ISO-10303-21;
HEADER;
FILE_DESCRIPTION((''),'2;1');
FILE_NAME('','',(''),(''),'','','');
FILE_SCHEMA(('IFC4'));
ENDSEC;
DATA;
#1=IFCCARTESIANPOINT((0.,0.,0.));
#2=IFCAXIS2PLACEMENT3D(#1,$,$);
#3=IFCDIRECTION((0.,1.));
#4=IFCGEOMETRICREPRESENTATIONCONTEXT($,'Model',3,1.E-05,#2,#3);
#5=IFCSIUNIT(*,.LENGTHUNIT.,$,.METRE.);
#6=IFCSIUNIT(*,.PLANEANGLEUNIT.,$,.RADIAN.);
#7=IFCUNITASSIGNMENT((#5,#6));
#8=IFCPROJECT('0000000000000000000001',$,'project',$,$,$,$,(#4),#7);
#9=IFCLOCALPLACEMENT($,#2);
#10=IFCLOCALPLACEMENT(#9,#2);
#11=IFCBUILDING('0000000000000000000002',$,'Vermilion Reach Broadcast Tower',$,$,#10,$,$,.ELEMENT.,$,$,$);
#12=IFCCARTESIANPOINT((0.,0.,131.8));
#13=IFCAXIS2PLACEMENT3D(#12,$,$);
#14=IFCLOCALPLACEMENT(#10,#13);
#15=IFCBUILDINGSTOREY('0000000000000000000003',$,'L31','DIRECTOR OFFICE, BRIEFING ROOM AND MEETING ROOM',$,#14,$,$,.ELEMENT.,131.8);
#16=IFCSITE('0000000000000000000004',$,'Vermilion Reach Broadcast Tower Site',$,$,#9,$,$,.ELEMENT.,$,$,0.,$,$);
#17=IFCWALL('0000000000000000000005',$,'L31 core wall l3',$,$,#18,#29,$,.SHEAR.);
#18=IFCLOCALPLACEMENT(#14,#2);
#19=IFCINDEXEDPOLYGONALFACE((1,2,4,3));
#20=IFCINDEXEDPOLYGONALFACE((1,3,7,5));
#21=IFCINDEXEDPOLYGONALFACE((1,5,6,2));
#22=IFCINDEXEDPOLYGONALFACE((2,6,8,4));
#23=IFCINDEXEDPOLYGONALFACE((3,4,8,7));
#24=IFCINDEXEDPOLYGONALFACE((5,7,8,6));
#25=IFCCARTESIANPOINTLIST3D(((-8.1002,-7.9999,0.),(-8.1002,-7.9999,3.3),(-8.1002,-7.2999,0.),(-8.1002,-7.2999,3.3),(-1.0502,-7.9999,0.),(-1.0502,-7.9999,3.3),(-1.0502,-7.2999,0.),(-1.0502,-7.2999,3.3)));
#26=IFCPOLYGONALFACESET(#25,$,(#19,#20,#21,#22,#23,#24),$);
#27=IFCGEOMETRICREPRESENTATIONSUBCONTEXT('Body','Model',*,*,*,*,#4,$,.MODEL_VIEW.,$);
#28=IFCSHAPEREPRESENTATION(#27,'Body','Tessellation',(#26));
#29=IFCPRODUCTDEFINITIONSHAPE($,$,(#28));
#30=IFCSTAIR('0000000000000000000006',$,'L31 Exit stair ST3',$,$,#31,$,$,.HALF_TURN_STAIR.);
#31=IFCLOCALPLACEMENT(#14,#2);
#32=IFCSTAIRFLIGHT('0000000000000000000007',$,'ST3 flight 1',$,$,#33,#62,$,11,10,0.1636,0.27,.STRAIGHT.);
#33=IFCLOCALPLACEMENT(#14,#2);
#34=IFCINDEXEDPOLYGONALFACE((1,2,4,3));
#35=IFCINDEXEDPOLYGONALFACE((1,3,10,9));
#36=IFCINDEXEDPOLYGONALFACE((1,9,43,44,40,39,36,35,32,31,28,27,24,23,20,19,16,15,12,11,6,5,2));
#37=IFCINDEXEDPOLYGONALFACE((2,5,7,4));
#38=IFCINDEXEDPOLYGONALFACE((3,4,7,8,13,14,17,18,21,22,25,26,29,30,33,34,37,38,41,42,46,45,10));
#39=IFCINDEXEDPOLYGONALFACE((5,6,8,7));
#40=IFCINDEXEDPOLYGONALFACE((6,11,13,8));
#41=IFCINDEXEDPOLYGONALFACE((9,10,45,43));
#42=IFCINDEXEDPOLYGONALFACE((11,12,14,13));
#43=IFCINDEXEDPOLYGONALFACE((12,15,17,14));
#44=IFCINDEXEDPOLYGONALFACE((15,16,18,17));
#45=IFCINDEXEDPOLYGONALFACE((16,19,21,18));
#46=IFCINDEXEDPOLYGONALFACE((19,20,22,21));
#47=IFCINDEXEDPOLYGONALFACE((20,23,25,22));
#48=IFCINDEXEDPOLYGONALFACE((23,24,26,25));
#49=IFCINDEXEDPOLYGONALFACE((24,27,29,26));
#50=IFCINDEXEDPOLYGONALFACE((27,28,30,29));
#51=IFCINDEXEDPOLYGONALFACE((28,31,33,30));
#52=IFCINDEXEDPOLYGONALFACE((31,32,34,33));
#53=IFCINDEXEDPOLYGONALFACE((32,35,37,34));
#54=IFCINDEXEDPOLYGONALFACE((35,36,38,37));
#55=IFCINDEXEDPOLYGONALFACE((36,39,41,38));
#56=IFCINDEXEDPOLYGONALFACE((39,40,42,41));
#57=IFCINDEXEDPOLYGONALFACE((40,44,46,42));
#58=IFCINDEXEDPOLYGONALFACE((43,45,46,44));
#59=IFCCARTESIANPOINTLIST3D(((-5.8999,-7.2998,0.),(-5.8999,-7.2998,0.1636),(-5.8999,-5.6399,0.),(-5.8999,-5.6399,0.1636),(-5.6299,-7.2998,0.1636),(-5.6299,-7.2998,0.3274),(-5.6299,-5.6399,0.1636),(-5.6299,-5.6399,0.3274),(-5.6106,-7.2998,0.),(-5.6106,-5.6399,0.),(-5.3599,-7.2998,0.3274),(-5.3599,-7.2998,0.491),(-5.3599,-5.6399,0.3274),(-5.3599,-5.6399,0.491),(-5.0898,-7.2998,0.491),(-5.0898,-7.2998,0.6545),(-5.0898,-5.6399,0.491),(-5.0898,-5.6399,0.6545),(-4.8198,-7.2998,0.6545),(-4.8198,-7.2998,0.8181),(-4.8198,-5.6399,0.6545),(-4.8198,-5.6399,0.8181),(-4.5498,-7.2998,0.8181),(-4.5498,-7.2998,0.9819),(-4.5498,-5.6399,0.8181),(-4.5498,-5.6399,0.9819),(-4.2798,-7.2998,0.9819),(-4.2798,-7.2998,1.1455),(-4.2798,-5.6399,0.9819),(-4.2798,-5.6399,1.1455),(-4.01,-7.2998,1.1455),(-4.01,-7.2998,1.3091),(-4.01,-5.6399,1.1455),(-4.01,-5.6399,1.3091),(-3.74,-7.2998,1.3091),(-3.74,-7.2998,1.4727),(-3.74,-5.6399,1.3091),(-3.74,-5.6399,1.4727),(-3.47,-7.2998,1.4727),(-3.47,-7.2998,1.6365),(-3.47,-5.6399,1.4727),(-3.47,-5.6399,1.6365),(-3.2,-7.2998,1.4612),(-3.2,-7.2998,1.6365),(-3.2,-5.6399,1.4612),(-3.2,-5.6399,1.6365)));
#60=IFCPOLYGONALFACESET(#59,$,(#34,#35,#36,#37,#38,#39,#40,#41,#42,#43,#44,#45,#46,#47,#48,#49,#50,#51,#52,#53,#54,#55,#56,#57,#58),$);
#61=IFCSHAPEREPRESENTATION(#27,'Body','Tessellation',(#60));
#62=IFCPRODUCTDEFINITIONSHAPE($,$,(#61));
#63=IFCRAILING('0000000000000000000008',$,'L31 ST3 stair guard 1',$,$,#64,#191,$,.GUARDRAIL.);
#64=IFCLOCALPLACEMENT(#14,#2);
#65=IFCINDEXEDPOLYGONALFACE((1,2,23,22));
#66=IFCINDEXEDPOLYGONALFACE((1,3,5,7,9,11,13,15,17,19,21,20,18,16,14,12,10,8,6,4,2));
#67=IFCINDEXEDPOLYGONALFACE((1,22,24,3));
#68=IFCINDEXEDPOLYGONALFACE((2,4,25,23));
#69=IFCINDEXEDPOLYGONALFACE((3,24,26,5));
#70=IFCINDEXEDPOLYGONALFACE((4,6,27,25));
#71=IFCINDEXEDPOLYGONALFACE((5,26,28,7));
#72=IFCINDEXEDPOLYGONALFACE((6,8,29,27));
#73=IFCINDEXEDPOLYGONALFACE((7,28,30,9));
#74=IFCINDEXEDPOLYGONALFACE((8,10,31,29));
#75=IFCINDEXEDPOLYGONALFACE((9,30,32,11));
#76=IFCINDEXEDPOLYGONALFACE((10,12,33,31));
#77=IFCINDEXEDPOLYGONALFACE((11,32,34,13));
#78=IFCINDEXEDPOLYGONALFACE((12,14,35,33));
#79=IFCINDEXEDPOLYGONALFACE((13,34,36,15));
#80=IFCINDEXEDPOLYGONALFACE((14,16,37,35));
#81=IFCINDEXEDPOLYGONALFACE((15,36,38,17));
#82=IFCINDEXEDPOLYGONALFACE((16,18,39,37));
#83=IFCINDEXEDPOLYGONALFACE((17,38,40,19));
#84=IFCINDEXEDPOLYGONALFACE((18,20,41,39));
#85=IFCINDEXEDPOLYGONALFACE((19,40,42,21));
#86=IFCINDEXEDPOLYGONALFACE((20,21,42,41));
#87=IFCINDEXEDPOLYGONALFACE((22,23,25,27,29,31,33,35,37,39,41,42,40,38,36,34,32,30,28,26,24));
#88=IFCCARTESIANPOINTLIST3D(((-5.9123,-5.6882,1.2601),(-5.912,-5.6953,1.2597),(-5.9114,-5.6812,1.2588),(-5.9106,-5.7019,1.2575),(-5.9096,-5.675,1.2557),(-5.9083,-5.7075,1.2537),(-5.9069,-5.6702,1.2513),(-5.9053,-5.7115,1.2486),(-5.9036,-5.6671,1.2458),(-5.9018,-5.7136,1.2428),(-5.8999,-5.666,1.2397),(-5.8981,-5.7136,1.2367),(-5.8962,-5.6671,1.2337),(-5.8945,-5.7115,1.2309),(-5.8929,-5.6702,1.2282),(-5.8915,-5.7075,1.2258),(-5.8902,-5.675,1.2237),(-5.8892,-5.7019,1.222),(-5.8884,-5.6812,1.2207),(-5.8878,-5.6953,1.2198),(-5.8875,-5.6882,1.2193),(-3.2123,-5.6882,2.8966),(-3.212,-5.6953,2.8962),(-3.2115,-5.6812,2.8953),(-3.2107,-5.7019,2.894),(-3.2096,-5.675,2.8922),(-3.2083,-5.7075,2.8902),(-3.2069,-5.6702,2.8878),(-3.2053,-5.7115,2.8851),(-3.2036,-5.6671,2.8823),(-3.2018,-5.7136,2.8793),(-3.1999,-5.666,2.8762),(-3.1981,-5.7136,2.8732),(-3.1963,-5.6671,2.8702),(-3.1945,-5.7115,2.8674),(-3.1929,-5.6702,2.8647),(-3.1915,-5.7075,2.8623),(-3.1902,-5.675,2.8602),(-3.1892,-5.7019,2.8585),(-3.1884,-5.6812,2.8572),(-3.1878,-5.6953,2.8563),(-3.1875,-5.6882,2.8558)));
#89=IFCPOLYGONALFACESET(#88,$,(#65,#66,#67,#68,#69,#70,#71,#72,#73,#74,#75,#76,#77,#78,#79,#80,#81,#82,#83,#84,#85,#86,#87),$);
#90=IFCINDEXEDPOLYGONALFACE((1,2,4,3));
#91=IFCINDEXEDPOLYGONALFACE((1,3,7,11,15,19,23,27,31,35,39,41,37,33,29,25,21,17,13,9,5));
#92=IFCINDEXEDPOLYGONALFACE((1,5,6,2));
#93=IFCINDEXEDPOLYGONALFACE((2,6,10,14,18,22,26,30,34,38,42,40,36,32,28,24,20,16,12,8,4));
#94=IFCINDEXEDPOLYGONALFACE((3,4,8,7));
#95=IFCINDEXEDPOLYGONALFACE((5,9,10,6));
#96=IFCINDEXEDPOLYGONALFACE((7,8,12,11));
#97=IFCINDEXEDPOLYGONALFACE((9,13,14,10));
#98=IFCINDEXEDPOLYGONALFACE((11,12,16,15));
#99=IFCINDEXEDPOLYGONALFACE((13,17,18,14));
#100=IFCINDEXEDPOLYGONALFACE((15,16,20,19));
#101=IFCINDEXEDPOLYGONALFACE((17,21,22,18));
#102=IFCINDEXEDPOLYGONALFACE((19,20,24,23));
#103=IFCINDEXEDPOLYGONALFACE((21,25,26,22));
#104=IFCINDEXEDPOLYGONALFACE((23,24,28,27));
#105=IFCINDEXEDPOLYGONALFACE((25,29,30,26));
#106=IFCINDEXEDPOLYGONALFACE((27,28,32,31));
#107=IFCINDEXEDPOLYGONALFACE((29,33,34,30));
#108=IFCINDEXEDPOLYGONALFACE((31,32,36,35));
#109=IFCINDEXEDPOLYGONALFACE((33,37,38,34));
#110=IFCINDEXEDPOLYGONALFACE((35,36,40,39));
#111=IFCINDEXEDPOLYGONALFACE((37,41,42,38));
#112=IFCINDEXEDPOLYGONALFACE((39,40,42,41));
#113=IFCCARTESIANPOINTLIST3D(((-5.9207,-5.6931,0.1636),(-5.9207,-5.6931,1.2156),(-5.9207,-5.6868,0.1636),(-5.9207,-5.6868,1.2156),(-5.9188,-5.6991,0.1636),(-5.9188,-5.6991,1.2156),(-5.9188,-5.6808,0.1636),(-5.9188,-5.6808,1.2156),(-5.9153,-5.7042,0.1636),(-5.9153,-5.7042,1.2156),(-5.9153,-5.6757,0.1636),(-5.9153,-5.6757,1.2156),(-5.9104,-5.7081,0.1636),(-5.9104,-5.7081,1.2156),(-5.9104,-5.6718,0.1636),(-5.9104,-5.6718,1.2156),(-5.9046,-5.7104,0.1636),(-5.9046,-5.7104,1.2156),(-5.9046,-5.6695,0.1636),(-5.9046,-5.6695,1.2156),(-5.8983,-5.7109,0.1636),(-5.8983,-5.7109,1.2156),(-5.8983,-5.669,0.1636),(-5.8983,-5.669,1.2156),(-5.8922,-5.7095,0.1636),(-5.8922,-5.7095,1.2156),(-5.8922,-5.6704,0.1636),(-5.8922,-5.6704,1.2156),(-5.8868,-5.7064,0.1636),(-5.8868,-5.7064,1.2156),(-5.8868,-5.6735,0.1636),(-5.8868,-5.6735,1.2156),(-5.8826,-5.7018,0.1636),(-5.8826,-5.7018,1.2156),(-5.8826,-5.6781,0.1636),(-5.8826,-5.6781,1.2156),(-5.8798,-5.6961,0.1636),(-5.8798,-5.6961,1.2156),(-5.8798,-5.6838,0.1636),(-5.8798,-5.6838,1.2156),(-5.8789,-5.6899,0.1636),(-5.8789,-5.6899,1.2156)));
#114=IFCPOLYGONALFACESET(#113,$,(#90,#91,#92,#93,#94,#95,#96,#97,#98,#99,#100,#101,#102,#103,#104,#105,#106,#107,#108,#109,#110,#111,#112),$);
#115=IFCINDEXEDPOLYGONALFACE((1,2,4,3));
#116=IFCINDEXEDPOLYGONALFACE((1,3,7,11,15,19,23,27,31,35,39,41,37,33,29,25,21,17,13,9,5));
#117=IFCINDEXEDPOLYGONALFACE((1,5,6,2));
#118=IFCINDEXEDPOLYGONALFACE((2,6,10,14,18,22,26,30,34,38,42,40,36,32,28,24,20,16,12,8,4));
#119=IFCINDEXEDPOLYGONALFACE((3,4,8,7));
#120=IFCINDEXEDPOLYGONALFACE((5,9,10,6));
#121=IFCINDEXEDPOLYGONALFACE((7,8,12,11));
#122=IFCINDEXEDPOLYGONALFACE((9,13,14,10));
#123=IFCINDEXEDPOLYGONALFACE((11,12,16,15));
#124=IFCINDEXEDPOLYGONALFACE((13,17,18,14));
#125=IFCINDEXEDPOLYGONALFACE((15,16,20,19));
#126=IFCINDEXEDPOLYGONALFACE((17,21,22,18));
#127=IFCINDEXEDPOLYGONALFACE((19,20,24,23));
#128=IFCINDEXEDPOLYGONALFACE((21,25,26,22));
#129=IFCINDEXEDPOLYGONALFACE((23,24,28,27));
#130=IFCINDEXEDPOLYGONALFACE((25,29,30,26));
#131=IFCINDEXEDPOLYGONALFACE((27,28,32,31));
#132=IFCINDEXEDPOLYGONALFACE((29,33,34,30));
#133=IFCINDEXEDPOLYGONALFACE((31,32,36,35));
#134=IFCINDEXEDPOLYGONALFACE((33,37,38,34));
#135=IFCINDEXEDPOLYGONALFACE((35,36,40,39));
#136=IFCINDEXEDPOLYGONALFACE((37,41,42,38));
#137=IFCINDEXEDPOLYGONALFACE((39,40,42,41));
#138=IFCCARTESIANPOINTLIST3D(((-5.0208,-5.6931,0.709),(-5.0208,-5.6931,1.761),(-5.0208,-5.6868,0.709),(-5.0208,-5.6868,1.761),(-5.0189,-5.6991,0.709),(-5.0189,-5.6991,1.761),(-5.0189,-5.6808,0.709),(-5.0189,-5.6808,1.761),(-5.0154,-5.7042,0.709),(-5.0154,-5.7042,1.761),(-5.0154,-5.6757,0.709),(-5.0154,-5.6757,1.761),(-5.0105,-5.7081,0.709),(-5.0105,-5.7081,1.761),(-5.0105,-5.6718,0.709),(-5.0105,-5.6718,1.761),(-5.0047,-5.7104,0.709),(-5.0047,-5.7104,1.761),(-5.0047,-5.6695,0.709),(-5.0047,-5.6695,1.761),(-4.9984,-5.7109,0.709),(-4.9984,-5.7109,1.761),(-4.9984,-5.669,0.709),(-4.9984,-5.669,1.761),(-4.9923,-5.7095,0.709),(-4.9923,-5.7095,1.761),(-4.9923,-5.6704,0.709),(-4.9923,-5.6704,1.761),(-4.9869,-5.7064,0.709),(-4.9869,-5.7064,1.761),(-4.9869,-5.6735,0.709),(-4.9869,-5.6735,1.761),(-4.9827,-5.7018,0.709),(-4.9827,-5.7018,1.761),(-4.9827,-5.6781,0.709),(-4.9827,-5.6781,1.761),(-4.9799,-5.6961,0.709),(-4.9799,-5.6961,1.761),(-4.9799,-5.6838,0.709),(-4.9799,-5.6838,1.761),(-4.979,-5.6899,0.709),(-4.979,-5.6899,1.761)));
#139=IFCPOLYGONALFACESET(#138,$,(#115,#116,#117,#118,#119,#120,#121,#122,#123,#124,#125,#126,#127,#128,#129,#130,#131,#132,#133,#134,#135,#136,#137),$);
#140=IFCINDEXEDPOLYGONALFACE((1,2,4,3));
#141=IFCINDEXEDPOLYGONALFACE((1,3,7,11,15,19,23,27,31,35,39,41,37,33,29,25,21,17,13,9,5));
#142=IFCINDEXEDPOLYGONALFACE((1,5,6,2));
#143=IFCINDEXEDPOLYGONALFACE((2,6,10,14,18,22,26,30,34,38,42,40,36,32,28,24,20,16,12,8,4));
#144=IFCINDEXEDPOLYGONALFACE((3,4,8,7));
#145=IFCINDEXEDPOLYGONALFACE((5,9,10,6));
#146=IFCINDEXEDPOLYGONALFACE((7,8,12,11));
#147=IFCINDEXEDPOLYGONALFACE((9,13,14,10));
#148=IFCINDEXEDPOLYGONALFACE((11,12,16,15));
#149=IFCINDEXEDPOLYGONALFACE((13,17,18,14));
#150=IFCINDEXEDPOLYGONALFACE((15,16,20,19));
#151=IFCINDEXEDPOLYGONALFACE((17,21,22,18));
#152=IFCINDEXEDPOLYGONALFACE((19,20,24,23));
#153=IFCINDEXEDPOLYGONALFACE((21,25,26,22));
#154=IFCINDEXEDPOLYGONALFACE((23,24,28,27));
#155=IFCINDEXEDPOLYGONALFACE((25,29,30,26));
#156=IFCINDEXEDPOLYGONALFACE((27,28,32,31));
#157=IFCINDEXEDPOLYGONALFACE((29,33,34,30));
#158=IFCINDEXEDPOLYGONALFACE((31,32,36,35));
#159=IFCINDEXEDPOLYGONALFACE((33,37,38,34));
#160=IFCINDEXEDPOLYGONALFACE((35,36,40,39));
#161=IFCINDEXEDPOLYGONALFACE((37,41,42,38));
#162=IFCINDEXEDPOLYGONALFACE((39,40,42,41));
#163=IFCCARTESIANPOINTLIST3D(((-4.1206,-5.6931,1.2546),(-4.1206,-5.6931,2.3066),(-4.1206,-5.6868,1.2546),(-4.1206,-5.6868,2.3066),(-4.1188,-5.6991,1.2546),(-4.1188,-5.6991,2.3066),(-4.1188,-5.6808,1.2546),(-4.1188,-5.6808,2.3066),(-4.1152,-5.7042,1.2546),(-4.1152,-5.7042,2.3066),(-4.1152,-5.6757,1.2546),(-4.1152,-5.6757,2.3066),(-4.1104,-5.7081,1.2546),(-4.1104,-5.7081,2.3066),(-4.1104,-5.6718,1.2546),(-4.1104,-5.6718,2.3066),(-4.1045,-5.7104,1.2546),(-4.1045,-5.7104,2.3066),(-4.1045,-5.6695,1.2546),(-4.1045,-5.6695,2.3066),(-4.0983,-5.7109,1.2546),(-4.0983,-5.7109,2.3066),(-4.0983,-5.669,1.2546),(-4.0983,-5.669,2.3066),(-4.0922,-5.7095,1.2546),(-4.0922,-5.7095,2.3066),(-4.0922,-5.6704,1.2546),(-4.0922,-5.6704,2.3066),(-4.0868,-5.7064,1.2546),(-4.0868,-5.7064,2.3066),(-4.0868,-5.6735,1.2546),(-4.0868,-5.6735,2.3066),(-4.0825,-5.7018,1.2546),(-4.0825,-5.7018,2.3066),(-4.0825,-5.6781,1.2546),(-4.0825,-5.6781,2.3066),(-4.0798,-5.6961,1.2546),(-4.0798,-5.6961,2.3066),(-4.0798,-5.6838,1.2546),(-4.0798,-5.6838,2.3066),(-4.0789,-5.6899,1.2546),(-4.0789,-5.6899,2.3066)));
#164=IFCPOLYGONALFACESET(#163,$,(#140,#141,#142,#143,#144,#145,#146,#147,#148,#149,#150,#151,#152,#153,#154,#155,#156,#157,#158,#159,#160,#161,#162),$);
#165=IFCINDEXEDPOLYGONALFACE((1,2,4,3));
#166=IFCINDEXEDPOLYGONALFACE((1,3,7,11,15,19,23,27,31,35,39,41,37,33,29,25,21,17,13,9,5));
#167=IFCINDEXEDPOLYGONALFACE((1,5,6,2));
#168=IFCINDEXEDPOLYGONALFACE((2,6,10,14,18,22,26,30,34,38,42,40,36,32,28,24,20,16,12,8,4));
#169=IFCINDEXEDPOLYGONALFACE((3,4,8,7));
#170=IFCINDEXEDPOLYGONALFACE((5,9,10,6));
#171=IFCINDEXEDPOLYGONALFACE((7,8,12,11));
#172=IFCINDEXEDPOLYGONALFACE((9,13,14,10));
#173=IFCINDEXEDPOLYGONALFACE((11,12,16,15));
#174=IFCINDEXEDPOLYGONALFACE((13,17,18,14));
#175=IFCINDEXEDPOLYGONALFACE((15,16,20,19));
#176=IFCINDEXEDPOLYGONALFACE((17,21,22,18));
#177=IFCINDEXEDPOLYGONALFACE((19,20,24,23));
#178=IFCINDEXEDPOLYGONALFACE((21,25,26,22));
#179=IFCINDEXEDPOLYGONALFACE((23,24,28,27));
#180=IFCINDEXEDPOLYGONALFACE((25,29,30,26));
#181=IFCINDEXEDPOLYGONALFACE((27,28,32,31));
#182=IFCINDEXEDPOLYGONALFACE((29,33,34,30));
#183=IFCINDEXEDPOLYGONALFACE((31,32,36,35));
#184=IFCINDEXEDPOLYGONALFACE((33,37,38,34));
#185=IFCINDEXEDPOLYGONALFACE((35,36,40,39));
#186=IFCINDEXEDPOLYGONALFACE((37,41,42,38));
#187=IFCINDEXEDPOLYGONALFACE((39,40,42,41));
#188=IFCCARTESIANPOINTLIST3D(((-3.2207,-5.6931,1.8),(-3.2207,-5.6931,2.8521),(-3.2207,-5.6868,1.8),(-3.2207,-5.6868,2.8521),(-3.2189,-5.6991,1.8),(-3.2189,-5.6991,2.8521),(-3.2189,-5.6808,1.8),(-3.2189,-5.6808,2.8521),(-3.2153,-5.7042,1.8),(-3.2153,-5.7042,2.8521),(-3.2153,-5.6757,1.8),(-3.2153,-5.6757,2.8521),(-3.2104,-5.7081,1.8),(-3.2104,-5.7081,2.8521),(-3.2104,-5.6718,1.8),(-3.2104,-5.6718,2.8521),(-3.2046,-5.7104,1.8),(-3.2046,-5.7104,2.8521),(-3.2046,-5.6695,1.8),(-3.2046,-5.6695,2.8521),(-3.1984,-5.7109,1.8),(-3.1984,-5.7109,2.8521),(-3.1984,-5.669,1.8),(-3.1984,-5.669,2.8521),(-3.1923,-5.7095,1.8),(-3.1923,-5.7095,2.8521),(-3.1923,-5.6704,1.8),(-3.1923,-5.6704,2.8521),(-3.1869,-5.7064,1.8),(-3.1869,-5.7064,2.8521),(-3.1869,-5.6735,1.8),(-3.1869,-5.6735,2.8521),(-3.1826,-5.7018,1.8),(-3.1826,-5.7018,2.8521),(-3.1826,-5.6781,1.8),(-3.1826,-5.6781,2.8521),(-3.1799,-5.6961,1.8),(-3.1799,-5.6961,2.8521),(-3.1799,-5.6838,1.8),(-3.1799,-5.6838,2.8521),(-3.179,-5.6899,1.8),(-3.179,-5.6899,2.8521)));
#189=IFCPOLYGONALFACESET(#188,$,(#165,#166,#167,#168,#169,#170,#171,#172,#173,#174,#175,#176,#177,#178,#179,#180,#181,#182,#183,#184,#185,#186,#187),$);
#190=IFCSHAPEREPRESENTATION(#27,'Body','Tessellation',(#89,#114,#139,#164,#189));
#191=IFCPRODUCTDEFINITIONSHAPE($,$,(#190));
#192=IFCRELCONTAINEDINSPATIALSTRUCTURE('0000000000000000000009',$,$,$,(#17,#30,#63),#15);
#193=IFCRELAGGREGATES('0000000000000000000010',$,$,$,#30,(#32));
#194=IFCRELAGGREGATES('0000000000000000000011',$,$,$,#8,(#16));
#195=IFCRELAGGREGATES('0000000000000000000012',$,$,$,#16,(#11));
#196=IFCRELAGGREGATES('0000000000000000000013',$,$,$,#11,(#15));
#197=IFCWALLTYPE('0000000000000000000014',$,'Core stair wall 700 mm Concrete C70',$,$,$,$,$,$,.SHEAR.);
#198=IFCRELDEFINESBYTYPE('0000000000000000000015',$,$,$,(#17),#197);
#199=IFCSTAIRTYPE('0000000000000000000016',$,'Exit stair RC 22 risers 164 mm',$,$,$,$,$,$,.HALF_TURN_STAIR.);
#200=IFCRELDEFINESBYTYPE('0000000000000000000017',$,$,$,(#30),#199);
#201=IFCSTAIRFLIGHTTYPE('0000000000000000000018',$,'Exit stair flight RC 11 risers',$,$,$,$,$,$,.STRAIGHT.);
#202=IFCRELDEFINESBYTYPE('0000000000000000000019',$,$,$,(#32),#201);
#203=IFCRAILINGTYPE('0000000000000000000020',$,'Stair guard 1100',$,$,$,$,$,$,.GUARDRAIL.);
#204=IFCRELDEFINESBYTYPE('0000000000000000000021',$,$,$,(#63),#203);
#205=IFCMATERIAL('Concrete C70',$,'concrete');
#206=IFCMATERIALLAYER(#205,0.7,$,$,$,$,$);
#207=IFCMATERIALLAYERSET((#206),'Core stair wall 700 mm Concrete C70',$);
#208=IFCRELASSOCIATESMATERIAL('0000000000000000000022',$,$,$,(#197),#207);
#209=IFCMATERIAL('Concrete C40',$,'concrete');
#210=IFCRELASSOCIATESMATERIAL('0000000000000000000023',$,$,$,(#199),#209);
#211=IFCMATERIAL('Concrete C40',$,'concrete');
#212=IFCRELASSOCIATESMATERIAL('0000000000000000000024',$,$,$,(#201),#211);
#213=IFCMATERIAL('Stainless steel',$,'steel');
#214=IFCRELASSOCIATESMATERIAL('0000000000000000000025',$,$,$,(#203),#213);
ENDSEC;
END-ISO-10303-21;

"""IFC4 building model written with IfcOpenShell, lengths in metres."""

from ifc_helpers import new_model, si_unit, direction, frame, frame_2d, origin, origin_2d, place, context, subcontext, project, spatial, polyline, rectangle, circle, outline, extrude, material, layer, layer_set, type_object, element, aggregate, save


model = new_model("IFC4")

# Units and contexts
model_context = context("Model", 3, precision=1e-05, world=origin(), true_north=direction((0.0, 1.0)))
body_context = subcontext(model_context, "Body", "Model", "MODEL_VIEW")
ifc_project = project(units=[si_unit("LENGTHUNIT", "METRE"), si_unit("PLANEANGLEUNIT", "RADIAN")], contexts=[model_context])

# Site, building, storey
site_placement = place(None, origin())
site = spatial("IfcSite", under=ifc_project, at=site_placement, Name="Vermilion Reach Broadcast Tower Site", CompositionType="ELEMENT", RefElevation=0.0)
building_placement = place(site_placement, origin())
building = spatial("IfcBuilding", under=site, at=building_placement, Name="Vermilion Reach Broadcast Tower", CompositionType="ELEMENT")
storey_placement = place(building_placement, frame((0.0, 0.0, 131.8)))
storey = spatial("IfcBuildingStorey", under=building, at=storey_placement, Name="L31", Description="DIRECTOR OFFICE, BRIEFING ROOM AND MEETING ROOM", CompositionType="ELEMENT", Elevation=131.8)

# Wall
ifc_material_1 = material(Name="Concrete C70", Category="concrete")
ifc_layer_1 = layer(ifc_material_1, 0.7)
ifc_layer_set_1 = layer_set([ifc_layer_1], Name="Core stair wall 700 mm Concrete C70")
wall_type_1 = type_object("IfcWallType", Name="Core stair wall 700 mm Concrete C70", PredefinedType="SHEAR", material=ifc_layer_set_1)
wall_1_placement = place(storey_placement, frame((-8.1001, -7.6499, 0.0), z_axis=(0.0, 0.0, 1.0), x_axis=(1.0, 0.0, 0.0)))
element("IfcWall", 1, at=wall_1_placement, inside=storey, type_object=wall_type_1, Name="L31 core wall l3", PredefinedType="SHEAR", context=body_context, shape_type="SweptSolid", body=[
    extrude(rectangle(XDim=7.05, YDim=0.7, at=frame_2d((3.5249, 0.0))), origin(), (0.0, 0.0, 1.0), 3.3),
])

# Stair, stair flight
ifc_material_2 = material(Name="Concrete C40", Category="concrete")
stair_type = type_object("IfcStairType", Name="Exit stair RC 22 risers 164 mm", PredefinedType="HALF_TURN_STAIR", material=ifc_material_2)
stair_placement = place(storey_placement, origin())
stair = element("IfcStair", 2, at=stair_placement, inside=storey, type_object=stair_type, Name="L31 Exit stair ST3", PredefinedType="HALF_TURN_STAIR")
ifc_material_3 = material(Name="Concrete C40", Category="concrete")
stair_flight_type = type_object("IfcStairFlightType", Name="Exit stair flight RC 11 risers", PredefinedType="STRAIGHT", material=ifc_material_3)
stair_flight_placement = place(storey_placement, frame((-5.8999, -6.47, 0.0), z_axis=(0.0, 0.0, 1.0), x_axis=(1.0, 0.0, 0.0)))
stair_flight = element("IfcStairFlight", 3, at=stair_flight_placement, type_object=stair_flight_type, Name="ST3 flight 1", NumberOfRisers=11, NumberOfTreads=10, PredefinedType="STRAIGHT", RiserHeight=0.1636, TreadLength=0.27, context=body_context, shape_type="SweptSolid", body=[
    extrude(outline(polyline([(0.0, 0.0), (0.0, 0.1636), (0.27, 0.1636), (0.27, 0.3274), (0.54, 0.3274), (0.54, 0.491), (0.8101, 0.491), (0.8101, 0.6545), (1.0801, 0.6545), (1.0801, 0.8181), (1.3501, 0.8181), (1.3501, 0.9819), (1.6201, 0.9819), (1.6201, 1.1455), (1.8899, 1.1455), (1.8899, 1.3091), (2.1599, 1.3091), (2.1599, 1.4727), (2.4299, 1.4727), (2.4299, 1.6365), (2.7, 1.6365), (2.7, 1.8), (2.7, 1.4612), (0.2893, 0.0), (0.0, 0.0)])), frame((0.0, 0.8301, 0.0), z_axis=(0.0, -1.0, 0.0), x_axis=(1.0, 0.0, 0.0)), (0.0, 0.0, 1.0), 1.6599),
])
aggregate(stair, [stair_flight])

# Railing
ifc_material_4 = material(Name="Stainless steel", Category="steel")
railing_type_1 = type_object("IfcRailingType", Name="Stair guard 1100", PredefinedType="GUARDRAIL", material=ifc_material_4)
railing_1_placement = place(storey_placement, frame((-5.8999, -5.6899, 0.1636)))
element("IfcRailing", 4, at=railing_1_placement, inside=storey, type_object=railing_type_1, Name="L31 ST3 stair guard 1", PredefinedType="GUARDRAIL", context=body_context, shape_type="SweptSolid", body=[
    extrude(circle(Radius=0.0239, at=origin_2d()), frame((0.0, 0.0, 1.0762), z_axis=(0.855178, 0.0, 0.518334), x_axis=(0.0, 1.0, 0.0)), (0.0, 0.0, 1.0), 3.1572),
    extrude(circle(Radius=0.021, at=origin_2d()), origin(), (0.0, 0.0, 1.0), 1.052),
    extrude(circle(Radius=0.021, at=origin_2d()), frame((0.8999, 0.0, 0.5454)), (0.0, 0.0, 1.0), 1.052),
    extrude(circle(Radius=0.021, at=origin_2d()), frame((1.8, 0.0, 1.0911)), (0.0, 0.0, 1.0), 1.052),
    extrude(circle(Radius=0.021, at=origin_2d()), frame((2.7, 0.0, 1.6365)), (0.0, 0.0, 1.0), 1.052),
])

save(model, "model.ifc")
